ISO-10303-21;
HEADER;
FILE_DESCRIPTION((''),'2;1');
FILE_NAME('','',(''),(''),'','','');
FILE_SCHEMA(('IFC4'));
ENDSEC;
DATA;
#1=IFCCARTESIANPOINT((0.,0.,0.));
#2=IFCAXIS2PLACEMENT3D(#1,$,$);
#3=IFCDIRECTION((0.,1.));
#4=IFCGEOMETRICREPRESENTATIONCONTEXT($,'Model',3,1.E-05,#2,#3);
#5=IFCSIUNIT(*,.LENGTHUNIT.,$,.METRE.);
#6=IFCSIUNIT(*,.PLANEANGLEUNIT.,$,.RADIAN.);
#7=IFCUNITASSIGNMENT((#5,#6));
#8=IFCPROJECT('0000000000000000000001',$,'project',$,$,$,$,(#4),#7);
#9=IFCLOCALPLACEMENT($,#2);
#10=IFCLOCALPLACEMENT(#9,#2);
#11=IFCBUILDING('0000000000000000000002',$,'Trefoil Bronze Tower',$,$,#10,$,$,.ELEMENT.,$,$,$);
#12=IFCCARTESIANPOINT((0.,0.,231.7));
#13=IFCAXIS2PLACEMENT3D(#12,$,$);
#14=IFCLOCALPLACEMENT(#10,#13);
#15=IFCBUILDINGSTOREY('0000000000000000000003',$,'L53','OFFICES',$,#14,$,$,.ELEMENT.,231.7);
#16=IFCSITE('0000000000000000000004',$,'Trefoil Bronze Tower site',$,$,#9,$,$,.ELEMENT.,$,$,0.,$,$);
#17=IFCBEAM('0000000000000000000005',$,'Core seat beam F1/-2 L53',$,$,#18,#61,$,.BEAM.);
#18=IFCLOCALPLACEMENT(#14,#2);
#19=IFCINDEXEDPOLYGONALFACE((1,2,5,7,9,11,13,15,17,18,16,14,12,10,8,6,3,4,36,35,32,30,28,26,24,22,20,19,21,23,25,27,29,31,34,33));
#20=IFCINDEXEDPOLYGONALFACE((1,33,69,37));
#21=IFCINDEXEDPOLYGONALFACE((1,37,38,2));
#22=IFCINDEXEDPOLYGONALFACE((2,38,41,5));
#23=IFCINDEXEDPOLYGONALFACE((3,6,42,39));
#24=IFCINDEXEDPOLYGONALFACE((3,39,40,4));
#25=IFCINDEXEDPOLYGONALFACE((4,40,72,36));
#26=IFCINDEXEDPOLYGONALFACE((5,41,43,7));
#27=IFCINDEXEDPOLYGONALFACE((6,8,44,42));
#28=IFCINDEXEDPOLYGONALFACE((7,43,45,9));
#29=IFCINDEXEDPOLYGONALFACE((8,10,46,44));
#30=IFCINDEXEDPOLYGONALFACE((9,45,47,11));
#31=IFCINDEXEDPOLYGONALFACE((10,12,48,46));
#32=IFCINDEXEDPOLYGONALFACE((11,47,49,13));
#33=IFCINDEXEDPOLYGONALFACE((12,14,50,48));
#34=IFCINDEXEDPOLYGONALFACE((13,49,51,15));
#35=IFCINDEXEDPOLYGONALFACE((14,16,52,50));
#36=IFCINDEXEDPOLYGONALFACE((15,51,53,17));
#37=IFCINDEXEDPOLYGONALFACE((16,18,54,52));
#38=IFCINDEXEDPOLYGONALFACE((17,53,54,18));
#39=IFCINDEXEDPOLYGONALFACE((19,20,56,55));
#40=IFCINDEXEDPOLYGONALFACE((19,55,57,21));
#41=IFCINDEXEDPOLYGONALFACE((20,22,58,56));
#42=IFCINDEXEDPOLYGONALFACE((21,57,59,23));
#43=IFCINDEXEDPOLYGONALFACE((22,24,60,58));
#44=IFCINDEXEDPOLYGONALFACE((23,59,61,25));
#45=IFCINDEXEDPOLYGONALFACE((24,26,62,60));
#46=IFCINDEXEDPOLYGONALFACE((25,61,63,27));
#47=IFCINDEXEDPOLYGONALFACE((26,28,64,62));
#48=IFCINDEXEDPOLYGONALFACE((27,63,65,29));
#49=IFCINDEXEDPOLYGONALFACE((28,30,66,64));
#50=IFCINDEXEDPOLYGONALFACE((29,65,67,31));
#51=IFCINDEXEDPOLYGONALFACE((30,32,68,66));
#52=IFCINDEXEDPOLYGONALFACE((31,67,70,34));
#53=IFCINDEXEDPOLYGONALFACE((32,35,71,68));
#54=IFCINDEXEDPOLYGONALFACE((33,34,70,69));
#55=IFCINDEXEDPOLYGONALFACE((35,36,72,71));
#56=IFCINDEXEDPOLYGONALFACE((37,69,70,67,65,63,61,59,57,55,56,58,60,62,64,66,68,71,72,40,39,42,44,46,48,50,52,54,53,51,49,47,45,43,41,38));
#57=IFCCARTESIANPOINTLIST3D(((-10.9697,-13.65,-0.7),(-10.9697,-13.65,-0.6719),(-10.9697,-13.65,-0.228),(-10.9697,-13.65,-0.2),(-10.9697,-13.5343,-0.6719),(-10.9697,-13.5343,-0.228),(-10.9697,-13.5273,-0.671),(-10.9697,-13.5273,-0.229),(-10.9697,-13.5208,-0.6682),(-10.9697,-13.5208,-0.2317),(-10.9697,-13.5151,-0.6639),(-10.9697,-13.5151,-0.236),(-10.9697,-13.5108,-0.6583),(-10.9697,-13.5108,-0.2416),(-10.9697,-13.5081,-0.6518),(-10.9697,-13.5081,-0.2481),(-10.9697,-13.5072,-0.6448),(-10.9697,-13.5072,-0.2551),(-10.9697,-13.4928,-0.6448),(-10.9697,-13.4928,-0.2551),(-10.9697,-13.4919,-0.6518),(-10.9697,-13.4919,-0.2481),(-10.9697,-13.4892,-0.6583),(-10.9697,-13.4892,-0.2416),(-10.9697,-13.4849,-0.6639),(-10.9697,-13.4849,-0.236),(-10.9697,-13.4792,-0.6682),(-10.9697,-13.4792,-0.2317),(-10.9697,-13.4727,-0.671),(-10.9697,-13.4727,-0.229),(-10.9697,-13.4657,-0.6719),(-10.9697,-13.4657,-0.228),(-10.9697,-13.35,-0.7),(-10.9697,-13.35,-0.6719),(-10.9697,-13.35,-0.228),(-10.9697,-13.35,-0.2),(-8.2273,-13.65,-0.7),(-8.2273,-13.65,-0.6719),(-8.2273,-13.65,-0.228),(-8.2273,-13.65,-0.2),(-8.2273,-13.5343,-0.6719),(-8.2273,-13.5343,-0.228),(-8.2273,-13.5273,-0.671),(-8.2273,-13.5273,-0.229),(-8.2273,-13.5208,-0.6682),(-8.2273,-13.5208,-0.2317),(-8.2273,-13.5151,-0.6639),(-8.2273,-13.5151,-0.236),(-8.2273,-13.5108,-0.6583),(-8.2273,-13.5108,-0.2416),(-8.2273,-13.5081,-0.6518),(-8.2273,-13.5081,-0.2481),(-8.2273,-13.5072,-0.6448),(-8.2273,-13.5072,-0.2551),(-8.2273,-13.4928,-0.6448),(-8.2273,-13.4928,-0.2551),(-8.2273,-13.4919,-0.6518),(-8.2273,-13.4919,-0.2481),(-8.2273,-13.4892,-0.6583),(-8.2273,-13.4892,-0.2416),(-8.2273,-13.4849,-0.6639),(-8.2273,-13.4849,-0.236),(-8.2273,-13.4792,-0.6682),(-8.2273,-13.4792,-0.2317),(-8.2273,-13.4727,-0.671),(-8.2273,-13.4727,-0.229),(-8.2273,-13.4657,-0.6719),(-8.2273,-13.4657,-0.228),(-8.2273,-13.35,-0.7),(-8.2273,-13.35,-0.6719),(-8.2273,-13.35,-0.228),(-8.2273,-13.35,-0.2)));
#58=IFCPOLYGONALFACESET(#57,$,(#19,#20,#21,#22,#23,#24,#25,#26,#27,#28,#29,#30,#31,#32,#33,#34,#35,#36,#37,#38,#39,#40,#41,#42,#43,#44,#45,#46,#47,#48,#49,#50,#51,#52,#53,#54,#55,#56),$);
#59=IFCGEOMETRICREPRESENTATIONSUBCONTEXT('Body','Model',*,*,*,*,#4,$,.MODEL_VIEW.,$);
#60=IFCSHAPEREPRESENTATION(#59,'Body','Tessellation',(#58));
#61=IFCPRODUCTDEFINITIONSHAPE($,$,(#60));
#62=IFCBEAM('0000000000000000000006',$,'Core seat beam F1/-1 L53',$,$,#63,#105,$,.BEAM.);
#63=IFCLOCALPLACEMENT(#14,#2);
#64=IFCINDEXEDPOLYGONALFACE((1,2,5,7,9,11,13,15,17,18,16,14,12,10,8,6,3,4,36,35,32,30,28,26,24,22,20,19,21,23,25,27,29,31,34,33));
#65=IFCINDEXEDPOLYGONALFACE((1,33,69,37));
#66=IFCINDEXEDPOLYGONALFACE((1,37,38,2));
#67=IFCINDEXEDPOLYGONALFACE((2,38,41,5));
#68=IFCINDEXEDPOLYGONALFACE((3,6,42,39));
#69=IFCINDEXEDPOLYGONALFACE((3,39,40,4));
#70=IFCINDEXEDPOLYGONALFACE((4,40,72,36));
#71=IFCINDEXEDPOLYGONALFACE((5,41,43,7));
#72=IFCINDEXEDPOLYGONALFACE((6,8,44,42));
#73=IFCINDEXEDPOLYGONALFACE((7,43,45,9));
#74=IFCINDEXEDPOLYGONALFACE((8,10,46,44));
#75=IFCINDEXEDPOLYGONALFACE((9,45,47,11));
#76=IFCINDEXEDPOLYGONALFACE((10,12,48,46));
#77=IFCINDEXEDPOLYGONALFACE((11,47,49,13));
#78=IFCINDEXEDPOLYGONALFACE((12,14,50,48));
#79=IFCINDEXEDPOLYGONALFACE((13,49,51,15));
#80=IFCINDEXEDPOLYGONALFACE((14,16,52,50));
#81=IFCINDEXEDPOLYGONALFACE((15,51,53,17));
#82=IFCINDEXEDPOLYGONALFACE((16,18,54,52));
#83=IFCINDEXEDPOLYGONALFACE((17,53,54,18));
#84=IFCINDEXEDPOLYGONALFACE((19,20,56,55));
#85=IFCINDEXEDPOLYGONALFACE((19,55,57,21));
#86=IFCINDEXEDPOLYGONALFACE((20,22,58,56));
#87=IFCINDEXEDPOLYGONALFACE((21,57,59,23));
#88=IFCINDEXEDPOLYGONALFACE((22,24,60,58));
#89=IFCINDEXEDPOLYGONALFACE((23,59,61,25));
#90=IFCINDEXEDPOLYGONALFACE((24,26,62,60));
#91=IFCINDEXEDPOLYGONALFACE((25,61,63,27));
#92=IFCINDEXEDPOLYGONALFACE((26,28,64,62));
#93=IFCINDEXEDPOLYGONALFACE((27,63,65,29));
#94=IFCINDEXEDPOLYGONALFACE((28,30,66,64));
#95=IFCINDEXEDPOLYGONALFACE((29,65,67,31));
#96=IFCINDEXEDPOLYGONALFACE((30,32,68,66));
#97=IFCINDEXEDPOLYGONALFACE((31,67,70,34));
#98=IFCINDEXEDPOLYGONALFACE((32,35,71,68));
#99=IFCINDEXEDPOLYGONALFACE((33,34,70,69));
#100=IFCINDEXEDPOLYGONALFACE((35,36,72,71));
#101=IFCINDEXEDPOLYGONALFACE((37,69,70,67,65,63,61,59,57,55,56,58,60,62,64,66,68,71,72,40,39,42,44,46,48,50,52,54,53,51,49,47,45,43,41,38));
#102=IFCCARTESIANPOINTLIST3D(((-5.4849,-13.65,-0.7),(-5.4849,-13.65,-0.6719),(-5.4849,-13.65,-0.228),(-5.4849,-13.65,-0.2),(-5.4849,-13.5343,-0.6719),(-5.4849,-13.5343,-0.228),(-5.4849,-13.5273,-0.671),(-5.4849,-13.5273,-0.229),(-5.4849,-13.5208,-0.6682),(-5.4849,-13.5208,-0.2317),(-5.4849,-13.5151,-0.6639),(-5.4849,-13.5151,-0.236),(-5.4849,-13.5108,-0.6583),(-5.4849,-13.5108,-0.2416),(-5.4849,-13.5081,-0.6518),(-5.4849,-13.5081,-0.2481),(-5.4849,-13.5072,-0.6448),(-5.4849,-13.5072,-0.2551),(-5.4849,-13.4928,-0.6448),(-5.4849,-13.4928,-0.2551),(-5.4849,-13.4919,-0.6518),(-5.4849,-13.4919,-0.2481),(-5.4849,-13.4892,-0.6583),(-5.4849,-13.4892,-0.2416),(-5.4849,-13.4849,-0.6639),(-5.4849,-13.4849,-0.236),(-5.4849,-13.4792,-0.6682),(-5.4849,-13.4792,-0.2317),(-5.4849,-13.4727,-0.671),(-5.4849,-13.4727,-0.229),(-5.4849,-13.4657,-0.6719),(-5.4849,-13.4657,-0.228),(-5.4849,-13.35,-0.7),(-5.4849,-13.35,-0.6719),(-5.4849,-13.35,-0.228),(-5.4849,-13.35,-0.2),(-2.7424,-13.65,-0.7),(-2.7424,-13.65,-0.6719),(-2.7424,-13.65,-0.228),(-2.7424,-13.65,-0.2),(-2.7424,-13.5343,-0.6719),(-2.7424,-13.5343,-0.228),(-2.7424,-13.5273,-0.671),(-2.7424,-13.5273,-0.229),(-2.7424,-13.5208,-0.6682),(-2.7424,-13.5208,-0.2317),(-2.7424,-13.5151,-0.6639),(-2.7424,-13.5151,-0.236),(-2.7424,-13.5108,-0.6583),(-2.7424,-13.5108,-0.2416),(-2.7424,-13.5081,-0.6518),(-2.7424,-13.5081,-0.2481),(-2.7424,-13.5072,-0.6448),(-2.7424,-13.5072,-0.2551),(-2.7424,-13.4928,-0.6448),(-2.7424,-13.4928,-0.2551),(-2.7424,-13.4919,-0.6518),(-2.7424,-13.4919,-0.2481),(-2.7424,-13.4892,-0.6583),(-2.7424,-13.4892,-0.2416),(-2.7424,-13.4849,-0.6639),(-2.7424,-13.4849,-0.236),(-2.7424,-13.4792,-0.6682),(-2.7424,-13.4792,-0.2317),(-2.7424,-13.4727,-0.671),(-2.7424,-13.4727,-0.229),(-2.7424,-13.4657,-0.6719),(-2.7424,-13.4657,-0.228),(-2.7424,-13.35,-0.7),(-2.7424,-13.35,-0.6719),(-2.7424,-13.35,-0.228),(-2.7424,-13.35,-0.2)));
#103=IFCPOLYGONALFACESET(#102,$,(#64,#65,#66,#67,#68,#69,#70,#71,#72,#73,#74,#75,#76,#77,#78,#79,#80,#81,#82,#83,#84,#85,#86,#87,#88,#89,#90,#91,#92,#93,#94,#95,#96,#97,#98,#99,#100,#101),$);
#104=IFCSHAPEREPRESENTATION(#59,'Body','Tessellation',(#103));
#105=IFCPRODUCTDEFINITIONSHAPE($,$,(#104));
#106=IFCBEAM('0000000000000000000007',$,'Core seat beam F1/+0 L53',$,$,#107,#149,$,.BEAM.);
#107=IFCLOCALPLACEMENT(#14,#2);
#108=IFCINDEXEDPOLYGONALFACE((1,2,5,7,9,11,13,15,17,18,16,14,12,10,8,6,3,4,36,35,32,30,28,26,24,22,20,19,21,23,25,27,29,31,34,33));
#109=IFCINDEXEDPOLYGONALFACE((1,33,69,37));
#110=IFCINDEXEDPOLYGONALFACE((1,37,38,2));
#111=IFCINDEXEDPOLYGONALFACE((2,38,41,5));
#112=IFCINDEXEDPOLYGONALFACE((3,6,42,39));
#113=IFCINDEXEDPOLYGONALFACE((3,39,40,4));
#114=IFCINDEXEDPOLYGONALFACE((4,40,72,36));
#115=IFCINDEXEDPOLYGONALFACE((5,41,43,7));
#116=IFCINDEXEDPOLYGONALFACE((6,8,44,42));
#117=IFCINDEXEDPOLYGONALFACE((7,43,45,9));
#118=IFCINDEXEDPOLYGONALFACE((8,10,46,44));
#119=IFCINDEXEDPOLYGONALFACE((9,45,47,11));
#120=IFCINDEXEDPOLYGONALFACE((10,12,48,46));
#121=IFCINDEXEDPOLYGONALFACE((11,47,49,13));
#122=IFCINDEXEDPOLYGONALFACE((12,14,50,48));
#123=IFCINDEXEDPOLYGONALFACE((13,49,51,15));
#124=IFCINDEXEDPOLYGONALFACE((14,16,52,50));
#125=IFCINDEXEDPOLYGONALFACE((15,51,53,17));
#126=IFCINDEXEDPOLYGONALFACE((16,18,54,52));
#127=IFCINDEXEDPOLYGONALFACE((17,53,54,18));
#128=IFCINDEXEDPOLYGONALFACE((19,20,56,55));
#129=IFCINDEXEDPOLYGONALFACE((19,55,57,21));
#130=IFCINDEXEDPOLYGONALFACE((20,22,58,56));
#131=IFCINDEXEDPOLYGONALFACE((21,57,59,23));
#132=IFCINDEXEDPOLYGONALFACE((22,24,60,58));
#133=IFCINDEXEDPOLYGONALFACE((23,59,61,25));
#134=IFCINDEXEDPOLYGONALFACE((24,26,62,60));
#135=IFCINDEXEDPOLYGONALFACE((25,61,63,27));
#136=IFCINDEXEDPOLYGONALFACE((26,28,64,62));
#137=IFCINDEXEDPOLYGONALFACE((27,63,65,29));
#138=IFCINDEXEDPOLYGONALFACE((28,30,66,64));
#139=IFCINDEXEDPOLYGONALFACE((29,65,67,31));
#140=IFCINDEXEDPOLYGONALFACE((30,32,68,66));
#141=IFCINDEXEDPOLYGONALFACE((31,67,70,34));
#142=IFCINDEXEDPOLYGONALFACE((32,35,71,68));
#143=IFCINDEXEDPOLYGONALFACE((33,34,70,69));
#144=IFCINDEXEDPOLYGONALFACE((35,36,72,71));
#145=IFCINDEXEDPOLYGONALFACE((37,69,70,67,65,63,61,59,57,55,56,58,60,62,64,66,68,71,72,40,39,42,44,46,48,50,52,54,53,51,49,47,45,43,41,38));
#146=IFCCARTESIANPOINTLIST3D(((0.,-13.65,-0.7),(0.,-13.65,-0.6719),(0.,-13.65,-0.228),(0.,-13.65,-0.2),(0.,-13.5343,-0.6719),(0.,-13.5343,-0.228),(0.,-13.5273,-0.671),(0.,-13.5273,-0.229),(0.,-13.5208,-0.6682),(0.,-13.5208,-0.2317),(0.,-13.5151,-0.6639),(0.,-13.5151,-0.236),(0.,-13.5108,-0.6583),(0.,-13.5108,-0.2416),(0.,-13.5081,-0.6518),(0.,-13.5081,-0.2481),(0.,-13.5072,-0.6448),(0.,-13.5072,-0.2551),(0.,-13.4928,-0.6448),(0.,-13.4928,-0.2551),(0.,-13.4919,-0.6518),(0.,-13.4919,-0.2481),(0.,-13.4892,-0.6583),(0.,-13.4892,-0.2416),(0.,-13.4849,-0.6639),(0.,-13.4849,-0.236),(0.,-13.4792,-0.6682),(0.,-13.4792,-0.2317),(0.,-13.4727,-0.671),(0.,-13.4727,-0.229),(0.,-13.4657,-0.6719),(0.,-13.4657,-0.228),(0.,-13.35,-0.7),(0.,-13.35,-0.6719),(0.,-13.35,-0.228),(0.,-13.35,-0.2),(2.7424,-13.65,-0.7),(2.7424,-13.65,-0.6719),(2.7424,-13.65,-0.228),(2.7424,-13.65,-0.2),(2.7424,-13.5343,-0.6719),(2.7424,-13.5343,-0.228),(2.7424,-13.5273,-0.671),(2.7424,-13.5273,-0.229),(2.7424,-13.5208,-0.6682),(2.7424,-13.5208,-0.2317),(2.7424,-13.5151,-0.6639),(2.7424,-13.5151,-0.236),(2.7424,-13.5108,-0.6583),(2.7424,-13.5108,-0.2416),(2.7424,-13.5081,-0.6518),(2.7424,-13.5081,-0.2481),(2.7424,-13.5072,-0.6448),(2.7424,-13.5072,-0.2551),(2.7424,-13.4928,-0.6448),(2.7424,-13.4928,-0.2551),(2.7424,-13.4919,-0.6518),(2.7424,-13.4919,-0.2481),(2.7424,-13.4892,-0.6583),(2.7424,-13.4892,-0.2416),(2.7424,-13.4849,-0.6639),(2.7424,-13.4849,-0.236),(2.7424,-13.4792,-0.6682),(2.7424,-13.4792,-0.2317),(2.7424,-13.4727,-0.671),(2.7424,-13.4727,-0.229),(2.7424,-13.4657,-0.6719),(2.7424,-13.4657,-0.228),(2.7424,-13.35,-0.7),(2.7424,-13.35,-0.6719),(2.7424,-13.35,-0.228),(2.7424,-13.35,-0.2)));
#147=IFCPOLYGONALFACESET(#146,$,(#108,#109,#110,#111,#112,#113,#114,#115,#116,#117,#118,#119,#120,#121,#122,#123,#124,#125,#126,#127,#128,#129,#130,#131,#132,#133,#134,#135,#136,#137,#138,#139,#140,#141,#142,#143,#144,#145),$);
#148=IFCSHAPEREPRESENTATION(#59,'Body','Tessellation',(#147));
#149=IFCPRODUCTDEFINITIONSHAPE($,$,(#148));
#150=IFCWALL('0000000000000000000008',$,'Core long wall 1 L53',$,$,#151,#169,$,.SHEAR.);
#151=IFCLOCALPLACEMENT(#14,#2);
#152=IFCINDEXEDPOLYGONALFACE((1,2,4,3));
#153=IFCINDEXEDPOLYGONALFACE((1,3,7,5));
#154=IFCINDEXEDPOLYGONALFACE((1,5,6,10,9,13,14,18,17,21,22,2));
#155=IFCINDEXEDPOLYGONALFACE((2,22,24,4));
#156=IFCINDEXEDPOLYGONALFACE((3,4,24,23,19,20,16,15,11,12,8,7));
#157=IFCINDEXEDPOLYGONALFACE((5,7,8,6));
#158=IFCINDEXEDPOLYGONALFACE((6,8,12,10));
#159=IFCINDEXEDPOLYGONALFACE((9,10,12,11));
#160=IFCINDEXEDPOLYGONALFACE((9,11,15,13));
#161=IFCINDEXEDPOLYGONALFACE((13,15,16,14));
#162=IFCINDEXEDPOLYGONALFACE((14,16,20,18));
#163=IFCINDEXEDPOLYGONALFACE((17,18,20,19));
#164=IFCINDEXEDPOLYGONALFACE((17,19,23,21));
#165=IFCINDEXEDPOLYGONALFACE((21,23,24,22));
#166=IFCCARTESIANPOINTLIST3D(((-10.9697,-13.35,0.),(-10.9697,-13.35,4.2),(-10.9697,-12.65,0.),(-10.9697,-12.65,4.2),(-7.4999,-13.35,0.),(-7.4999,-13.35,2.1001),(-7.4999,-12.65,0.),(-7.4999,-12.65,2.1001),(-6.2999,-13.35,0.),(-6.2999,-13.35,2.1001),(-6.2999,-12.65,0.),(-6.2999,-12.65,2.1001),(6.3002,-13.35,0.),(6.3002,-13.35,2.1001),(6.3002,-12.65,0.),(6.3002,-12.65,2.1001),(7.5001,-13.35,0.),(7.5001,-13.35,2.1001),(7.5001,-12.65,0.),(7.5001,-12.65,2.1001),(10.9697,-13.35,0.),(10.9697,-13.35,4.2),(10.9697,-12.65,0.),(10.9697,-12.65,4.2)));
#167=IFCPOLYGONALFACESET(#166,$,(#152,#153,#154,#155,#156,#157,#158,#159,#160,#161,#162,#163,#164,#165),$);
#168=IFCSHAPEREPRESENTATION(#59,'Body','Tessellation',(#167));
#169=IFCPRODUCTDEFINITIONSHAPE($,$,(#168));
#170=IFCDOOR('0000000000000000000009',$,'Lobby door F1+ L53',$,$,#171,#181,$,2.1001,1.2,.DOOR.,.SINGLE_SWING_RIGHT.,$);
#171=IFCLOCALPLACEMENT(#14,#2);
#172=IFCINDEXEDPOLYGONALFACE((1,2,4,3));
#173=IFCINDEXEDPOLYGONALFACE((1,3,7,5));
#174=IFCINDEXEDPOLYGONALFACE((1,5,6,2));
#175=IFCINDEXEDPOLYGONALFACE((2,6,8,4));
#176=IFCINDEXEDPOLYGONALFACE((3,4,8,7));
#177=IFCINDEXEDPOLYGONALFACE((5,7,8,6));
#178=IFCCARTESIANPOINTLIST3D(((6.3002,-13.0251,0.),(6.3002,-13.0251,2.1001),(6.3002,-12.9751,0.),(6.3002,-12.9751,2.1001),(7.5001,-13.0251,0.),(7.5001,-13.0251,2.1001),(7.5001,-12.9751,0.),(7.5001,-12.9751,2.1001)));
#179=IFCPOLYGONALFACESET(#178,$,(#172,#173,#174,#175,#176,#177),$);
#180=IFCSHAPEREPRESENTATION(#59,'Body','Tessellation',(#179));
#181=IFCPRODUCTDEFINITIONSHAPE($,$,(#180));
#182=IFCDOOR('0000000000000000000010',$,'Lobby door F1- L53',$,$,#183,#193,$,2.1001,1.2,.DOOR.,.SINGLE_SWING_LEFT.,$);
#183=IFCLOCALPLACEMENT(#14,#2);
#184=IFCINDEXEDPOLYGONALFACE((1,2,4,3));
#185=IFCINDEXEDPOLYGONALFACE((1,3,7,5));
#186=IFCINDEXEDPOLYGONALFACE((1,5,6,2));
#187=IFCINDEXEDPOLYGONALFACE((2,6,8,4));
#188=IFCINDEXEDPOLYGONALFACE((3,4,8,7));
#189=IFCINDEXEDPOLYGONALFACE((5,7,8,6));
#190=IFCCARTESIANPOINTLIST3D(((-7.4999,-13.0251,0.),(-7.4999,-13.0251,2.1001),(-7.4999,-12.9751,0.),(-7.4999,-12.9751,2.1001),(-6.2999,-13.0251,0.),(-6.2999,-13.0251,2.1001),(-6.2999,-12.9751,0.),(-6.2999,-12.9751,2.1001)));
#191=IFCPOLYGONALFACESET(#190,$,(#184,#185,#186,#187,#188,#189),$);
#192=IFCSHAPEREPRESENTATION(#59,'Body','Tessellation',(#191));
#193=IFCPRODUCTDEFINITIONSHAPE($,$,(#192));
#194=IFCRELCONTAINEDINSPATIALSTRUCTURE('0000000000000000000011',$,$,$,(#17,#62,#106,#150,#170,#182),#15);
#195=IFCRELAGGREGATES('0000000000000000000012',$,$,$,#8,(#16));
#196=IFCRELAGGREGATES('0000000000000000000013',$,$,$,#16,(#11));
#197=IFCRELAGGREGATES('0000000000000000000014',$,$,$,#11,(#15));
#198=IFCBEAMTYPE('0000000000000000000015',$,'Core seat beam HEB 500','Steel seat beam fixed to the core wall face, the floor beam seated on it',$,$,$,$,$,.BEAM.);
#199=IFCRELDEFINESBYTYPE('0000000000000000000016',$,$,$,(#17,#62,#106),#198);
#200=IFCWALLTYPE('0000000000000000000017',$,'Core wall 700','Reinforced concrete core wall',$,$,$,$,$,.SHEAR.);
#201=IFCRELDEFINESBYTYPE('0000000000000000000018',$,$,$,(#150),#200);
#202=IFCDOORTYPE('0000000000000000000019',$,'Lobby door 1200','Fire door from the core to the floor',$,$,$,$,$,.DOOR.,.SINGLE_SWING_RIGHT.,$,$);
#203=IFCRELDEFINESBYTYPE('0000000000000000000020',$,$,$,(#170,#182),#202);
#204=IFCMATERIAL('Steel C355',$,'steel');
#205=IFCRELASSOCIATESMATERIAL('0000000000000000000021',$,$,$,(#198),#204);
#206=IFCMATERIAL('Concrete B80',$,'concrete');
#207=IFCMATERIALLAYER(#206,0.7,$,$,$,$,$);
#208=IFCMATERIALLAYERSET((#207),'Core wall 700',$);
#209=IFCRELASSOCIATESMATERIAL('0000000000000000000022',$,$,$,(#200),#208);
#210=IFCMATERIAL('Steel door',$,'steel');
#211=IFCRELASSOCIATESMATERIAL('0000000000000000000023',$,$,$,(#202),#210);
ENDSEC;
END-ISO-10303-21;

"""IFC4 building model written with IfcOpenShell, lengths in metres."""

from ifc_helpers import new_model, si_unit, direction, frame, frame_2d, origin, origin_2d, place, context, subcontext, project, spatial, rectangle, i_section, extrude, material, layer, layer_set, material_profile, profile_set, type_object, element, fill, save


model = new_model("IFC4")

# Units and contexts
model_context = context("Model", 3, precision=1e-05, world=origin(), true_north=direction((0.0, 1.0)))
body_context = subcontext(model_context, "Body", "Model", "MODEL_VIEW")
ifc_project = project(units=[si_unit("LENGTHUNIT", "METRE"), si_unit("PLANEANGLEUNIT", "RADIAN")], contexts=[model_context])

# Site, building, storey
site_placement = place(None, origin())
site = spatial("IfcSite", under=ifc_project, at=site_placement, Name="Trefoil Bronze Tower site", CompositionType="ELEMENT", RefElevation=0.0)
building_placement = place(site_placement, origin())
building = spatial("IfcBuilding", under=site, at=building_placement, Name="Trefoil Bronze Tower", CompositionType="ELEMENT")
storey_placement = place(building_placement, frame((0.0, 0.0, 231.7)))
storey = spatial("IfcBuildingStorey", under=building, at=storey_placement, Name="L53", Description="OFFICES", CompositionType="ELEMENT", Elevation=231.7)

# Beams
ifc_material_1 = material(Name="Steel C355", Category="steel")
ifc_material_profile = material_profile(ifc_material_1, i_section(OverallWidth=0.3, OverallDepth=0.5, WebThickness=0.0144, FlangeThickness=0.0281, FilletRadius=0.0271, at=origin_2d()), Name="HEB 500")
ifc_profile_set = profile_set([ifc_material_profile], Name="Steel C355")
beam_type = type_object("IfcBeamType", Name="Core seat beam HEB 500", Description="Steel seat beam fixed to the core wall face, the floor beam seated on it", PredefinedType="BEAM", material=ifc_profile_set)
for number, where, z_axis, x_axis, name in (
    (1, (-10.9697, -13.5, -0.45), (1.0, 0.0, 0.0), (0.0, 1.0, 0.0), "Core seat beam F1/-2 L53"),
    (2, (-5.4849, -13.5, -0.45), (1.0, 0.0, 0.0), (0.0, 1.0, 0.0), "Core seat beam F1/-1 L53"),
    (3, (0.0, -13.5, -0.45), (1.0, 0.0, 0.0), (0.0, 1.0, 0.0), "Core seat beam F1/+0 L53"),
):
    element("IfcBeam", number, at=place(storey_placement, frame(where, z_axis=z_axis, x_axis=x_axis)), inside=storey, type_object=beam_type, Name=name, PredefinedType="BEAM", context=body_context, shape_type="SweptSolid", body=[
        extrude(i_section(OverallWidth=0.3, OverallDepth=0.5, WebThickness=0.0144, FlangeThickness=0.0281, FilletRadius=0.0271, at=origin_2d()), origin(), (0.0, 0.0, 1.0), 2.7424),
    ])

# Wall, openings, doors
ifc_material_2 = material(Name="Concrete B80", Category="concrete")
ifc_layer_1 = layer(ifc_material_2, 0.7)
ifc_layer_set_1 = layer_set([ifc_layer_1], Name="Core wall 700")
wall_type_1 = type_object("IfcWallType", Name="Core wall 700", Description="Reinforced concrete core wall", PredefinedType="SHEAR", material=ifc_layer_set_1)
wall_1_placement = place(storey_placement, frame((-10.9697, -13.0, 0.0), z_axis=(0.0, 0.0, 1.0), x_axis=(1.0, 0.0, 0.0)))
wall_1 = element("IfcWall", 4, at=wall_1_placement, inside=storey, type_object=wall_type_1, Name="Core long wall 1 L53", PredefinedType="SHEAR", context=body_context, shape_type="SweptSolid", body=[
    extrude(rectangle(XDim=21.9395, YDim=0.7, at=frame_2d((10.9697, 0.0))), origin(), (0.0, 0.0, 1.0), 4.2),
])
opening_1_placement = place(wall_1_placement, frame((17.2698, 0.0, 0.0)))
opening_1 = element("IfcOpeningElement", 5, at=opening_1_placement, cuts=wall_1, PredefinedType="OPENING", context=body_context, shape_type="SweptSolid", body=[
    extrude(rectangle(XDim=1.2, YDim=2.1001, at=frame_2d((0.6001, 1.05))), frame((0.0, 0.3599, 0.0), z_axis=(0.0, -1.0, 0.0), x_axis=(1.0, 0.0, 0.0)), (0.0, 0.0, 1.0), 0.72),
])
opening_2_placement = place(wall_1_placement, frame((3.4697, 0.0, 0.0)))
opening_2 = element("IfcOpeningElement", 6, at=opening_2_placement, cuts=wall_1, PredefinedType="OPENING", context=body_context, shape_type="SweptSolid", body=[
    extrude(rectangle(XDim=1.2, YDim=2.1001, at=frame_2d((0.6001, 1.05))), frame((0.0, 0.3599, 0.0), z_axis=(0.0, -1.0, 0.0), x_axis=(1.0, 0.0, 0.0)), (0.0, 0.0, 1.0), 0.72),
])
ifc_material_3 = material(Name="Steel door", Category="steel")
door_type_1 = type_object("IfcDoorType", Name="Lobby door 1200", Description="Fire door from the core to the floor", OperationType="SINGLE_SWING_RIGHT", PredefinedType="DOOR", material=ifc_material_3)
door_1_placement = place(opening_1_placement, origin())
door_1 = element("IfcDoor", 7, at=door_1_placement, inside=storey, type_object=door_type_1, Name="Lobby door F1+ L53", OperationType="SINGLE_SWING_RIGHT", OverallHeight=2.1001, OverallWidth=1.2, PredefinedType="DOOR", context=body_context, shape_type="SweptSolid", body=[
    extrude(rectangle(XDim=1.2, YDim=2.1001, at=frame_2d((0.6001, 1.05))), frame((0.0, 0.0249, 0.0), z_axis=(0.0, -1.0, 0.0), x_axis=(1.0, 0.0, 0.0)), (0.0, 0.0, 1.0), 0.05),
])
fill(opening_1, door_1)
door_2_placement = place(opening_2_placement, origin())
door_2 = element("IfcDoor", 8, at=door_2_placement, inside=storey, type_object=door_type_1, Name="Lobby door F1- L53", OperationType="SINGLE_SWING_LEFT", OverallHeight=2.1001, OverallWidth=1.2, PredefinedType="DOOR", context=body_context, shape_type="SweptSolid", body=[
    extrude(rectangle(XDim=1.2, YDim=2.1001, at=frame_2d((0.6001, 1.05))), frame((0.0, 0.0249, 0.0), z_axis=(0.0, -1.0, 0.0), x_axis=(1.0, 0.0, 0.0)), (0.0, 0.0, 1.0), 0.05),
])
fill(opening_2, door_2)

save(model, "model.ifc")
